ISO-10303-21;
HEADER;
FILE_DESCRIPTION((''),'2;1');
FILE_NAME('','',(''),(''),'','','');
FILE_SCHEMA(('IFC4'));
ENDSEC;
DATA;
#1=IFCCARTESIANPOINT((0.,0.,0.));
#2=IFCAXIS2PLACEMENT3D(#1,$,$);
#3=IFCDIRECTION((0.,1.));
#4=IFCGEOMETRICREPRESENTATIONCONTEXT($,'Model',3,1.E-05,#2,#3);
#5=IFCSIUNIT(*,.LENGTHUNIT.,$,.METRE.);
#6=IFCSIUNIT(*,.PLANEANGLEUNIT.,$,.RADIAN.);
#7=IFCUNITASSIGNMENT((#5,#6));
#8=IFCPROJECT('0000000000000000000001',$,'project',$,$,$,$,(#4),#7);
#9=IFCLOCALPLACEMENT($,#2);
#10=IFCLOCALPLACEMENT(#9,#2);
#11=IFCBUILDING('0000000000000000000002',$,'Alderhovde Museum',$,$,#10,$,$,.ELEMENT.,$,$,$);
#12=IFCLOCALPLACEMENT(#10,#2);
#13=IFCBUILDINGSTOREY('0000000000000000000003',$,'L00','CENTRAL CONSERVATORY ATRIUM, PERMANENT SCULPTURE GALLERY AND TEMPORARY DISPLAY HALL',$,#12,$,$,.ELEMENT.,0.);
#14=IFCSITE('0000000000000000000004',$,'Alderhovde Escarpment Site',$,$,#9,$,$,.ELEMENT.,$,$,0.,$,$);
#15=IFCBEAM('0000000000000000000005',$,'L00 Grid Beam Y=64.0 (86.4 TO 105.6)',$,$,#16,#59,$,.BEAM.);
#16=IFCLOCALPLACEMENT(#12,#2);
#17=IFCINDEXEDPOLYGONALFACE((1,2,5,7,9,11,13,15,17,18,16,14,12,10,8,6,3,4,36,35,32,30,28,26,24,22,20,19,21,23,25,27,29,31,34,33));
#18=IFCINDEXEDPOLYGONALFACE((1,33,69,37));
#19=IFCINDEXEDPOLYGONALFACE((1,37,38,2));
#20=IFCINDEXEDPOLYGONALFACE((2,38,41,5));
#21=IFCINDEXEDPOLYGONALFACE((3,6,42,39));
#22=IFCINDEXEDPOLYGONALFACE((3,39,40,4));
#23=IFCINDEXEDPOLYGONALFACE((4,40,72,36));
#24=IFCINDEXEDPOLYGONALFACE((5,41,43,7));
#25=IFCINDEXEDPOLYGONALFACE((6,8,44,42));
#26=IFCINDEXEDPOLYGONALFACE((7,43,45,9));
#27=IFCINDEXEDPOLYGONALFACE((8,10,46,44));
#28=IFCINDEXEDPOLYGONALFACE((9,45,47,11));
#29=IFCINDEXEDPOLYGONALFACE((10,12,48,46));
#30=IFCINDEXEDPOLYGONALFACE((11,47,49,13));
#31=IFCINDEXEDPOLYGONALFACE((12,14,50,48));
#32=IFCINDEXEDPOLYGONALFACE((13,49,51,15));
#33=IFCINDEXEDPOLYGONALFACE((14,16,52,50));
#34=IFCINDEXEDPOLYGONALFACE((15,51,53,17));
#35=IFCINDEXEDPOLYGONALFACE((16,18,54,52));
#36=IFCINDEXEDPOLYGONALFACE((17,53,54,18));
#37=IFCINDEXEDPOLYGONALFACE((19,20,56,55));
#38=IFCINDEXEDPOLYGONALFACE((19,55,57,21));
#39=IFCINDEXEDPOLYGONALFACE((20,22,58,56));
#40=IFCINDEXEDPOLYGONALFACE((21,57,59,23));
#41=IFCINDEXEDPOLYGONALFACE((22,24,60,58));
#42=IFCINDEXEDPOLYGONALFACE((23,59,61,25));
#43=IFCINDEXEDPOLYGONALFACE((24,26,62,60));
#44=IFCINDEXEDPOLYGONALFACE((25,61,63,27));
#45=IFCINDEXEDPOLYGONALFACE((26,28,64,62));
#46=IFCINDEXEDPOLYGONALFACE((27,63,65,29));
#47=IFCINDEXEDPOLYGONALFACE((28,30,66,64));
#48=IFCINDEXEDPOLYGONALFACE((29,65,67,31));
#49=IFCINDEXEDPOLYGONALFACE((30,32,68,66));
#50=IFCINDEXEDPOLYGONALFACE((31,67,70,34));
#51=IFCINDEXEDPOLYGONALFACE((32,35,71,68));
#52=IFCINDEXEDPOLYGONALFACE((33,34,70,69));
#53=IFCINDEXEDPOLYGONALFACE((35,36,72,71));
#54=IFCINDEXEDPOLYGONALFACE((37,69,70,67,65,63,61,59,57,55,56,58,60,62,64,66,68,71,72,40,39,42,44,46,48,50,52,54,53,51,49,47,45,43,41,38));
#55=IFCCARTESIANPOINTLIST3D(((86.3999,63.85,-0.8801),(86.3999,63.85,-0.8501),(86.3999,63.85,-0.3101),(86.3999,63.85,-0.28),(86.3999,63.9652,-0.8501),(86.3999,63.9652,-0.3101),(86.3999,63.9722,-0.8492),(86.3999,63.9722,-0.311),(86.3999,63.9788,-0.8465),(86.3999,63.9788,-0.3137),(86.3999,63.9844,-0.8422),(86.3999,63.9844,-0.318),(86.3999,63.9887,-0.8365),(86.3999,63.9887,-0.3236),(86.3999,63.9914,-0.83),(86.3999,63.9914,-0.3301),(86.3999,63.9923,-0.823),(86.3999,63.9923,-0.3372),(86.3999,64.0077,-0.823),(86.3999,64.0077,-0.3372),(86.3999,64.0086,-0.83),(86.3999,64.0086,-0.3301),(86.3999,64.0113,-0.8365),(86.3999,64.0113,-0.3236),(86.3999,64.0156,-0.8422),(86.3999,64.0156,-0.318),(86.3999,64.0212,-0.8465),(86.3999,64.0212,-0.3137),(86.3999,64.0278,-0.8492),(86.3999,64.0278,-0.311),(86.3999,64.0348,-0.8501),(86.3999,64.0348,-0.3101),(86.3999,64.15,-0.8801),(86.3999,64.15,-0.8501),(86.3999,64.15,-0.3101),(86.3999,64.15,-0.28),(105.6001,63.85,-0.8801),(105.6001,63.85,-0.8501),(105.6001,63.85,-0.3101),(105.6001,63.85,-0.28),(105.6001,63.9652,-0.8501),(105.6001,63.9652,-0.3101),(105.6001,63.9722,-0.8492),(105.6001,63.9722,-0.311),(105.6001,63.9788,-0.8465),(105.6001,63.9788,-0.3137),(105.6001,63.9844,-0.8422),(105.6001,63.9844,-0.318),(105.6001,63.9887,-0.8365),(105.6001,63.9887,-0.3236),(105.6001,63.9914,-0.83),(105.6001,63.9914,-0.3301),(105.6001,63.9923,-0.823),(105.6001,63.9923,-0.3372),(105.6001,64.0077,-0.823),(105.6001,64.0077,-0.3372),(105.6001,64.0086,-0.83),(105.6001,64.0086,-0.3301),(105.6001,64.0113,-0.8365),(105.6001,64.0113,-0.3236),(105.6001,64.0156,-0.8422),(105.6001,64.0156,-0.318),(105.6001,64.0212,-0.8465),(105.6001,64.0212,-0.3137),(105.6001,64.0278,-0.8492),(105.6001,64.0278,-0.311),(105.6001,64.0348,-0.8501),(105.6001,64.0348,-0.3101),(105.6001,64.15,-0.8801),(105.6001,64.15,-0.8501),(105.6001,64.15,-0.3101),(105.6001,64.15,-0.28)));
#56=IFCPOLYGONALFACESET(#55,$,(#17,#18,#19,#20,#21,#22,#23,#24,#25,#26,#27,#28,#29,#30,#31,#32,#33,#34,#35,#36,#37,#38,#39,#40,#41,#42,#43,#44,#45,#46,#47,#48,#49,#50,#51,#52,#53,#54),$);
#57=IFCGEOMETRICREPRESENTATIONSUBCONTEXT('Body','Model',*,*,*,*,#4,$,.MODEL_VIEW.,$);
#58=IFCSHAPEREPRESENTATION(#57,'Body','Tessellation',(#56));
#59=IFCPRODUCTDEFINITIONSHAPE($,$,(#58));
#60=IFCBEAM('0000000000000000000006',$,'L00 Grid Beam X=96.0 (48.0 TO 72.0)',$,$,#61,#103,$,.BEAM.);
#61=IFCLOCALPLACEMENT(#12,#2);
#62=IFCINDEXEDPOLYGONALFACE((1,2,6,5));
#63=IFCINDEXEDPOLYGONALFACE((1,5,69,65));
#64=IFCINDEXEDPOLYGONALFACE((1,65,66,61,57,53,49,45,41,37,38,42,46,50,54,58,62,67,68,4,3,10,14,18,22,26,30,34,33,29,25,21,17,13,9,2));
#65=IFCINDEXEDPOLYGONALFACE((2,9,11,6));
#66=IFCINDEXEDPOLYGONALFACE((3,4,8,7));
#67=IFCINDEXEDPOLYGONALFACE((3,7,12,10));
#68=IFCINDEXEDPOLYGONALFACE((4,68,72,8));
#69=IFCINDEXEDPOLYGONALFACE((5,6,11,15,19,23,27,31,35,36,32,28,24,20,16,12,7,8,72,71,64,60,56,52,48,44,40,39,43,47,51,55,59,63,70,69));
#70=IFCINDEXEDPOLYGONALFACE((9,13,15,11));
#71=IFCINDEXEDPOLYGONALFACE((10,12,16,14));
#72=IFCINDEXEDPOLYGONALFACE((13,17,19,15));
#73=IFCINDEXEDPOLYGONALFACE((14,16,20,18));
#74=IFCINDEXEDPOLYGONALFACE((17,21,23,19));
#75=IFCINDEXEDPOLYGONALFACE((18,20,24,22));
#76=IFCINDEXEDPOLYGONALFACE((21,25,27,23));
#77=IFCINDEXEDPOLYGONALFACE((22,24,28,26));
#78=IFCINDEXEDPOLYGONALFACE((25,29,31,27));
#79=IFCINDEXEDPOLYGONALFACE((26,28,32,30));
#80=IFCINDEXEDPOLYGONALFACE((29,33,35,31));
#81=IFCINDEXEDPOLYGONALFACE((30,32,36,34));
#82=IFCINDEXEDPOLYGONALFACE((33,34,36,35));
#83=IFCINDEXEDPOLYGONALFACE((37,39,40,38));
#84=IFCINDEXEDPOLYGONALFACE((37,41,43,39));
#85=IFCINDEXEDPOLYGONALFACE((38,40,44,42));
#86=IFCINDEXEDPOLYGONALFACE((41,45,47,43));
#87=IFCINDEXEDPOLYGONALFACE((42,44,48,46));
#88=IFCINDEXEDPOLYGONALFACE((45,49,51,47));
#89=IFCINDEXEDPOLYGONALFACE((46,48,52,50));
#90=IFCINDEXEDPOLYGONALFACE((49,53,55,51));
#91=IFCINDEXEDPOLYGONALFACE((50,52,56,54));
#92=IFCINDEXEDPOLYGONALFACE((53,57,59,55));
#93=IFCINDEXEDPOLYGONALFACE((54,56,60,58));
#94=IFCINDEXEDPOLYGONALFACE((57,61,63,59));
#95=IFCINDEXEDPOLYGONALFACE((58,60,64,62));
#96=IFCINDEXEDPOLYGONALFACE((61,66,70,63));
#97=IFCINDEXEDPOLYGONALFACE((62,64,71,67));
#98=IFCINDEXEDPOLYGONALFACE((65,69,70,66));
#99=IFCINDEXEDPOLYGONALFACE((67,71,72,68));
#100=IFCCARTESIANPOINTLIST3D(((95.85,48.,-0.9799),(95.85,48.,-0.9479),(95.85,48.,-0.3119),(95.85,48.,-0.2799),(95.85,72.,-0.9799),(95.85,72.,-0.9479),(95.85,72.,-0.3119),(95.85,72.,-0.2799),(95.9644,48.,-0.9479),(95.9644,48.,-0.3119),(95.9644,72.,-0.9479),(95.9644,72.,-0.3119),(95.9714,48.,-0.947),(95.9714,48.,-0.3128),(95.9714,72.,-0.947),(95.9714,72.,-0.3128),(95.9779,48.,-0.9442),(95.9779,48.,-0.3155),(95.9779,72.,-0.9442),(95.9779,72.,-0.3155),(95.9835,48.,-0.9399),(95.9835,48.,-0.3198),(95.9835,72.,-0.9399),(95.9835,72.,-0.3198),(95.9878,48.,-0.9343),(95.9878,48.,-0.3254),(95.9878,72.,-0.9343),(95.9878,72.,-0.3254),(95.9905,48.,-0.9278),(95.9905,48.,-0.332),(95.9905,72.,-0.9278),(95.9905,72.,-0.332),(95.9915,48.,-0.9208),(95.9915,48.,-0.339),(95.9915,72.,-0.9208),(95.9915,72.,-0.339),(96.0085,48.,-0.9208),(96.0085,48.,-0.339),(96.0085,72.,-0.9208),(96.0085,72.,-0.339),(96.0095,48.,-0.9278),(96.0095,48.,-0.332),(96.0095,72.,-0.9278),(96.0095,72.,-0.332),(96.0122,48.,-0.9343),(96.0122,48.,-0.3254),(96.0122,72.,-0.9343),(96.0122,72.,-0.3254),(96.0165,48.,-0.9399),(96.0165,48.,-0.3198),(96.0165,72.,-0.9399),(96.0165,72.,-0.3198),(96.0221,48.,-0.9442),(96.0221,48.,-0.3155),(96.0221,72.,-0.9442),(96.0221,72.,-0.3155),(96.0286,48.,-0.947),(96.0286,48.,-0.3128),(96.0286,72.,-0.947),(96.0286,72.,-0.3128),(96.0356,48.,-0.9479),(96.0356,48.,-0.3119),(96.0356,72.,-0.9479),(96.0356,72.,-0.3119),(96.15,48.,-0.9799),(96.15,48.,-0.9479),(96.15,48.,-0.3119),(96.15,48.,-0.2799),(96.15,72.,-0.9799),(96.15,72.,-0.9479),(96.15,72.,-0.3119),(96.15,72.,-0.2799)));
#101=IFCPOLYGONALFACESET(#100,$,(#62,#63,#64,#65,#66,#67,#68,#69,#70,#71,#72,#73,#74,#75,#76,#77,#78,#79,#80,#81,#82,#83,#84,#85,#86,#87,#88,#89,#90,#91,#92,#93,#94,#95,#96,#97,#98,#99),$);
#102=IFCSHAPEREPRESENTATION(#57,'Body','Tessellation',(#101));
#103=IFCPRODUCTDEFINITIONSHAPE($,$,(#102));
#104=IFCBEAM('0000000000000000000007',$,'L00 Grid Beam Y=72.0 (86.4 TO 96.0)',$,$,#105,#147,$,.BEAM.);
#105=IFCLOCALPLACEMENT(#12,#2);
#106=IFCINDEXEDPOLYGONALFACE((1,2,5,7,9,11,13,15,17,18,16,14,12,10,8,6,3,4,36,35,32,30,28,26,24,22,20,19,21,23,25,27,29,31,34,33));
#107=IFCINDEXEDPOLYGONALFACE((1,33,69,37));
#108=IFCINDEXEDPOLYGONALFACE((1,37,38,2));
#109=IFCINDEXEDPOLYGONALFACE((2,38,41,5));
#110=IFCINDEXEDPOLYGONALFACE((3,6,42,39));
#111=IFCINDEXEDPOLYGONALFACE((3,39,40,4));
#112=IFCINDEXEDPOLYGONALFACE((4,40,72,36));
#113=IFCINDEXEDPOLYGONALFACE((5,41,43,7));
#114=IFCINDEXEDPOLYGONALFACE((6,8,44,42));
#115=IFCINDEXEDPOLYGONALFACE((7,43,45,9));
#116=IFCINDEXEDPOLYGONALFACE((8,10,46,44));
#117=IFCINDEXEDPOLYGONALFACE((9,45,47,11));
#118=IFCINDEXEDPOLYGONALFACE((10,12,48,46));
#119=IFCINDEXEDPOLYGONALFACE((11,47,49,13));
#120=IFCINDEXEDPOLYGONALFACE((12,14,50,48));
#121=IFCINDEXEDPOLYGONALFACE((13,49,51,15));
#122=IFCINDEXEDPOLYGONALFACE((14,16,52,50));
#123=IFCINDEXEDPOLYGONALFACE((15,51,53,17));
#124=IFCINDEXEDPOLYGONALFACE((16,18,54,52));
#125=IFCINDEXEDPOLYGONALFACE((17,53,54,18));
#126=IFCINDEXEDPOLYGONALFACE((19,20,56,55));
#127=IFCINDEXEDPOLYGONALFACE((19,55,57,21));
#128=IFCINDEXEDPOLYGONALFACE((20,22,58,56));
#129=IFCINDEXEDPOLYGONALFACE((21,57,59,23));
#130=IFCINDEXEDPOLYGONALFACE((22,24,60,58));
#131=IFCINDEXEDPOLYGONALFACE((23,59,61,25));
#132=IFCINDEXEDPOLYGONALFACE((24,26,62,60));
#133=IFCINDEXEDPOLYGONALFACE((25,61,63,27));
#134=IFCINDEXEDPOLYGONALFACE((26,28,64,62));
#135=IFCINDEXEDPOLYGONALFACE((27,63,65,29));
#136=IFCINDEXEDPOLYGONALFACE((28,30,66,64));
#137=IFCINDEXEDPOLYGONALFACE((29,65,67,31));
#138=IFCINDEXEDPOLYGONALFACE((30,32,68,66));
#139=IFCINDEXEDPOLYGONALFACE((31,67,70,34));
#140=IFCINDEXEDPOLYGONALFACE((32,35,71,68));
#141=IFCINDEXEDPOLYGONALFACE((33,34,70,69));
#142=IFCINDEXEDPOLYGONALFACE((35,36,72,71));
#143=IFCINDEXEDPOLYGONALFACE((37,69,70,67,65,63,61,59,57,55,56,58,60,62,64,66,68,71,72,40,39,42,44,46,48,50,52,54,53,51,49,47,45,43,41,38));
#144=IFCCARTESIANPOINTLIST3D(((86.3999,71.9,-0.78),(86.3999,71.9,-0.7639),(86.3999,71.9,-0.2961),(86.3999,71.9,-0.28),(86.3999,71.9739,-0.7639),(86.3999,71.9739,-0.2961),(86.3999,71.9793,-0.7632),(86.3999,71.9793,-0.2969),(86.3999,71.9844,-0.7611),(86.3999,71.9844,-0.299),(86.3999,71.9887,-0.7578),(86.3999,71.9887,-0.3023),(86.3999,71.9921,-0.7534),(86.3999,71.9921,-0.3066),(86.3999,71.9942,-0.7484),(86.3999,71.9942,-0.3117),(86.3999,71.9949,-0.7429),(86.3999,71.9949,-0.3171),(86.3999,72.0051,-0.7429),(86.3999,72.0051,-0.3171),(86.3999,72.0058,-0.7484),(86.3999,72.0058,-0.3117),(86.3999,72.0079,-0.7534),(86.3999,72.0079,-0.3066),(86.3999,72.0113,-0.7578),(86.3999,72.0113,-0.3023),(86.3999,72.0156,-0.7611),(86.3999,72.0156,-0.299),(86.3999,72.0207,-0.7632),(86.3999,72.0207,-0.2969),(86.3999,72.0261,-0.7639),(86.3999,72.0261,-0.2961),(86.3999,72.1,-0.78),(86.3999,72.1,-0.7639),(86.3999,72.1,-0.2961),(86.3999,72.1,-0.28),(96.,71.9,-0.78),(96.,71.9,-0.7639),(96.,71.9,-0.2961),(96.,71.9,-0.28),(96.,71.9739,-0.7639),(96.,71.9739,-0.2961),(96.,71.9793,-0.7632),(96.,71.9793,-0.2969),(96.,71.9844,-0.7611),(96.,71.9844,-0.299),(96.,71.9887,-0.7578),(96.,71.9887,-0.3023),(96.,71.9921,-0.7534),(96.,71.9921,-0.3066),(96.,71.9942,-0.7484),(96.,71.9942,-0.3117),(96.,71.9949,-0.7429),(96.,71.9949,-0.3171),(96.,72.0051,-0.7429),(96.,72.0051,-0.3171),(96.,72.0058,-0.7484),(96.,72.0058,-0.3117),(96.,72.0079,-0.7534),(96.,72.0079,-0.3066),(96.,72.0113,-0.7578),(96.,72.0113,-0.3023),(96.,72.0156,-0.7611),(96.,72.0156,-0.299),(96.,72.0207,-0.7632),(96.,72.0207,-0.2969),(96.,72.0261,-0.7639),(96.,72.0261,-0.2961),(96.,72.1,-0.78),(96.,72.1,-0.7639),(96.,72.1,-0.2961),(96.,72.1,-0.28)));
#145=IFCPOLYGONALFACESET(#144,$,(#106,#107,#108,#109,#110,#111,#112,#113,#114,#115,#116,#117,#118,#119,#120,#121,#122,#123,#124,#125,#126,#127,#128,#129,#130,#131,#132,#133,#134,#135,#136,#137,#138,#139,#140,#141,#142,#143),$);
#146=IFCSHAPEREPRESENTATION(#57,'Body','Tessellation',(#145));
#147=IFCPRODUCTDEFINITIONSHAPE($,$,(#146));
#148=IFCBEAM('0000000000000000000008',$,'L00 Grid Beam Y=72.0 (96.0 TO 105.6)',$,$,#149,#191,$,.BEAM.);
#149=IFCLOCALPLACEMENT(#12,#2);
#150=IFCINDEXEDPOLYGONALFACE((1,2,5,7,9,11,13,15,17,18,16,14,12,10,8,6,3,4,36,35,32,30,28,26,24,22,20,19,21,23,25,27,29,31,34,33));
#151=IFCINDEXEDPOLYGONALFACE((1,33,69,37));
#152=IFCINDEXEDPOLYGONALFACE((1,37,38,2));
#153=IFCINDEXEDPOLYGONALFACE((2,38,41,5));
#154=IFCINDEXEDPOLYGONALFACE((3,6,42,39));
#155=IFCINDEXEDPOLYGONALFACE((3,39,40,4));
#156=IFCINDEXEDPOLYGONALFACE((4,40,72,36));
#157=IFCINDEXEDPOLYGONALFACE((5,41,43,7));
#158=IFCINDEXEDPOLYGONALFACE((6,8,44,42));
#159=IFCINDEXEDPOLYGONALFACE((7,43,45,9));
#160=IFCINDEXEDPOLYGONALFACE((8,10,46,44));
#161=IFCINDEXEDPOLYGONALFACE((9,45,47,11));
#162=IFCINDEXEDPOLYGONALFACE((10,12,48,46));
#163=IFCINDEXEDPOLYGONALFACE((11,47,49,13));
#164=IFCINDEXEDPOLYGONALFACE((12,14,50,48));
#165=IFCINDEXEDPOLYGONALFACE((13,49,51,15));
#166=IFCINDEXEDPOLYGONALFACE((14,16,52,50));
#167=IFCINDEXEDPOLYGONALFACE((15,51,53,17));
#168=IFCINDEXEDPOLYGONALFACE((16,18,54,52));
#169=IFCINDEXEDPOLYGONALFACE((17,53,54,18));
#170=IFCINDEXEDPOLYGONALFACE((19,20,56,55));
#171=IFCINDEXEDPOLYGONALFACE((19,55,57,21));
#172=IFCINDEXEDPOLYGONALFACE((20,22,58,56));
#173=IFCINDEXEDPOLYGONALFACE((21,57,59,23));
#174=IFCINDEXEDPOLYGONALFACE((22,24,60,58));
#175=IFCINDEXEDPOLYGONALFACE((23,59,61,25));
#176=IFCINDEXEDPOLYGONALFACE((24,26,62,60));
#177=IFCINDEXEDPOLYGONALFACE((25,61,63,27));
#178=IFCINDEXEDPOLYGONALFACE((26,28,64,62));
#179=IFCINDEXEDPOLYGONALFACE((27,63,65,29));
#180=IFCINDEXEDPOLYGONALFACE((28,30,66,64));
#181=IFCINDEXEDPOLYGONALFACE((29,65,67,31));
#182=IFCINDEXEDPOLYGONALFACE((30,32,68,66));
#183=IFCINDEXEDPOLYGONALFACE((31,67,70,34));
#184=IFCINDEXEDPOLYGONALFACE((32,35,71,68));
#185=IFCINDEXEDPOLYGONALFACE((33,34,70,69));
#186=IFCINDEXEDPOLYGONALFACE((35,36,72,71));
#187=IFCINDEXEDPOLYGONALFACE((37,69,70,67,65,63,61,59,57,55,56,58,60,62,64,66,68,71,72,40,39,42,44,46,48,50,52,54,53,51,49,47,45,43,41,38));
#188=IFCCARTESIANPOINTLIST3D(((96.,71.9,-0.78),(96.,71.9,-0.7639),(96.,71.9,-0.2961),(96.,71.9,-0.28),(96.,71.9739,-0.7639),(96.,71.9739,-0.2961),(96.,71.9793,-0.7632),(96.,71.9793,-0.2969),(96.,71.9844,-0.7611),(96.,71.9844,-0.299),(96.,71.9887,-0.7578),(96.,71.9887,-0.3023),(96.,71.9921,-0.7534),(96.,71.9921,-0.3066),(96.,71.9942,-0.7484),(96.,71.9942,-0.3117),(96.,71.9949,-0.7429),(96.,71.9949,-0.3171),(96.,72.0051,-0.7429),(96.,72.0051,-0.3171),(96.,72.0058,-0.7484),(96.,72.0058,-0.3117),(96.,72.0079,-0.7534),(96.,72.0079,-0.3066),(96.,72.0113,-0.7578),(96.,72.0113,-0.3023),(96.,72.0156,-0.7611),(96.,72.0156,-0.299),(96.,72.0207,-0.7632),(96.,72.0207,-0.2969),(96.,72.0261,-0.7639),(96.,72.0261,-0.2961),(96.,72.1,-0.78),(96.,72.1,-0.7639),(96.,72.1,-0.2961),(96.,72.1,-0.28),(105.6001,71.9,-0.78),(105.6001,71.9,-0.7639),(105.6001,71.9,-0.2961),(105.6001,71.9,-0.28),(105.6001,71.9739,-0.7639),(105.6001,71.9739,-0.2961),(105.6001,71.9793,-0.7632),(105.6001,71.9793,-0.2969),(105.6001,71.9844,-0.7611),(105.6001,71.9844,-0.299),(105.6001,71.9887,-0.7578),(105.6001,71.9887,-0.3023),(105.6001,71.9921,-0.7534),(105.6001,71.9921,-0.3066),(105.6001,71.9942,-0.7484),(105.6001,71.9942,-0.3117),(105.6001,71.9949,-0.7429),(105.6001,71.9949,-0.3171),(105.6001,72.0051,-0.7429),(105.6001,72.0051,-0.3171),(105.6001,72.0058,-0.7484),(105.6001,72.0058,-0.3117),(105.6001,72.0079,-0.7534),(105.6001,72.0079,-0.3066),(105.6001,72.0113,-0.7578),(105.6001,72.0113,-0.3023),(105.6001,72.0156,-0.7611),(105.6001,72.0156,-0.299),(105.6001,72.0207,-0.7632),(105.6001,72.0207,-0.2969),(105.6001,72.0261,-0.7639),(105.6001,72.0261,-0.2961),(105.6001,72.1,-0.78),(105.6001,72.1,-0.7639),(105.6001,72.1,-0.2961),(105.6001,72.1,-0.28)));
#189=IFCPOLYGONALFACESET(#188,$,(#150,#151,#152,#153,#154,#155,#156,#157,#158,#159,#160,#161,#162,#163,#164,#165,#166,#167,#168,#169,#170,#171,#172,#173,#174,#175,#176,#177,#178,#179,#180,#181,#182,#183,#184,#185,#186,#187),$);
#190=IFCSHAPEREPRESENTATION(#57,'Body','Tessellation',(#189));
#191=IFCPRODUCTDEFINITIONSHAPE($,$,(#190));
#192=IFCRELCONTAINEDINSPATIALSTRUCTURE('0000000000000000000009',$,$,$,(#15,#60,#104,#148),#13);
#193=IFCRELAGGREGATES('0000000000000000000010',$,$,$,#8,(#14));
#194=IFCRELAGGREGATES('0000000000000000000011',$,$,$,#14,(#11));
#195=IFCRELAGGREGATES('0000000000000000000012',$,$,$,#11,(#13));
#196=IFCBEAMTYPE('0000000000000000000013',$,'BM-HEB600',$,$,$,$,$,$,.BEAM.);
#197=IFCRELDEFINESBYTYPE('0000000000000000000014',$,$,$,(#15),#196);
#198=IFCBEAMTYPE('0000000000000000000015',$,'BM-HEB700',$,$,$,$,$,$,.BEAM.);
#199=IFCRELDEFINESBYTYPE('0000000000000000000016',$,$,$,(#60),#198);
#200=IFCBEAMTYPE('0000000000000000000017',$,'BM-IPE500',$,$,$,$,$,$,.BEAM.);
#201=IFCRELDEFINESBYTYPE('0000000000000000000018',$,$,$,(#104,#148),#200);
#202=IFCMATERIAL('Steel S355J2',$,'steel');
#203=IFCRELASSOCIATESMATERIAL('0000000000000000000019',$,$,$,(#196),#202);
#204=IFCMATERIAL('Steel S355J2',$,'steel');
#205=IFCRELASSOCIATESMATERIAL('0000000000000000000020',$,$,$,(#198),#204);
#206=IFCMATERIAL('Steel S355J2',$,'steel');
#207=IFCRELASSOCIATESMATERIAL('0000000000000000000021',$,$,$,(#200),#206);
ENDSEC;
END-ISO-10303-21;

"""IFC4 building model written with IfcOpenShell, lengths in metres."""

from ifc_helpers import new_model, si_unit, direction, frame, origin, origin_2d, place, context, subcontext, project, spatial, i_section, extrude, material, material_profile, profile_set, type_object, element, save


model = new_model("IFC4")

# Units and contexts
model_context = context("Model", 3, precision=1e-05, world=origin(), true_north=direction((0.0, 1.0)))
body_context = subcontext(model_context, "Body", "Model", "MODEL_VIEW")
ifc_project = project(units=[si_unit("LENGTHUNIT", "METRE"), si_unit("PLANEANGLEUNIT", "RADIAN")], contexts=[model_context])

# Site, building, storey
site_placement = place(None, origin())
site = spatial("IfcSite", under=ifc_project, at=site_placement, Name="Alderhovde Escarpment Site", CompositionType="ELEMENT", RefElevation=0.0)
building_placement = place(site_placement, origin())
building = spatial("IfcBuilding", under=site, at=building_placement, Name="Alderhovde Museum", CompositionType="ELEMENT")
storey_placement = place(building_placement, origin())
storey = spatial("IfcBuildingStorey", under=building, at=storey_placement, Name="L00", Description="CENTRAL CONSERVATORY ATRIUM, PERMANENT SCULPTURE GALLERY AND TEMPORARY DISPLAY HALL", CompositionType="ELEMENT", Elevation=0.0)

# Beams
ifc_material_1 = material(Name="Steel S355J2", Category="steel")
ifc_material_profile_1 = material_profile(ifc_material_1, i_section(OverallWidth=0.3, OverallDepth=0.6001, WebThickness=0.0154, FlangeThickness=0.03, FilletRadius=0.0271, at=origin_2d()), Name="HEB 600")
ifc_profile_set_1 = profile_set([ifc_material_profile_1], Name="Steel S355J2")
beam_type_1 = type_object("IfcBeamType", Name="BM-HEB600", PredefinedType="BEAM", material=ifc_profile_set_1)
for number, where, z_axis, x_axis, name in (
    (1, (86.3999, 64.0, -0.5801), (1.0, 0.0, 0.0), (0.0, 1.0, 0.0), "L00 Grid Beam Y=64.0 (86.4 TO 105.6)"),
):
    element("IfcBeam", number, at=place(storey_placement, frame(where, z_axis=z_axis, x_axis=x_axis)), inside=storey, type_object=beam_type_1, Name=name, PredefinedType="BEAM", context=body_context, shape_type="SweptSolid", body=[
        extrude(i_section(OverallWidth=0.3, OverallDepth=0.6001, WebThickness=0.0154, FlangeThickness=0.03, FilletRadius=0.0271, at=origin_2d()), origin(), (0.0, 0.0, 1.0), 19.2002),
    ])
ifc_material_2 = material(Name="Steel S355J2", Category="steel")
ifc_material_profile_2 = material_profile(ifc_material_2, i_section(OverallWidth=0.3, OverallDepth=0.7, WebThickness=0.0171, FlangeThickness=0.032, FilletRadius=0.0271, at=origin_2d()), Name="HEB 700")
ifc_profile_set_2 = profile_set([ifc_material_profile_2], Name="Steel S355J2")
beam_type_2 = type_object("IfcBeamType", Name="BM-HEB700", PredefinedType="BEAM", material=ifc_profile_set_2)
beam_placement = place(storey_placement, frame((96.0, 48.0, -0.6299), z_axis=(0.0, 1.0, 0.0), x_axis=(-1.0, 0.0, 0.0)))
element("IfcBeam", 2, at=beam_placement, inside=storey, type_object=beam_type_2, Name="L00 Grid Beam X=96.0 (48.0 TO 72.0)", PredefinedType="BEAM", context=body_context, shape_type="SweptSolid", body=[
    extrude(i_section(OverallWidth=0.3, OverallDepth=0.7, WebThickness=0.0171, FlangeThickness=0.032, FilletRadius=0.0271, at=origin_2d()), origin(), (0.0, 0.0, 1.0), 24.0),
])
ifc_material_3 = material(Name="Steel S355J2", Category="steel")
ifc_material_profile_3 = material_profile(ifc_material_3, i_section(OverallWidth=0.2, OverallDepth=0.5, WebThickness=0.0103, FlangeThickness=0.0161, FilletRadius=0.021, at=origin_2d()), Name="IPE 500")
ifc_profile_set_3 = profile_set([ifc_material_profile_3], Name="Steel S355J2")
beam_type_3 = type_object("IfcBeamType", Name="BM-IPE500", PredefinedType="BEAM", material=ifc_profile_set_3)
for number, where, z_axis, x_axis, name in (
    (3, (86.3999, 72.0, -0.53), (1.0, 0.0, 0.0), (0.0, 1.0, 0.0), "L00 Grid Beam Y=72.0 (86.4 TO 96.0)"),
    (4, (96.0, 72.0, -0.53), (1.0, 0.0, 0.0), (0.0, 1.0, 0.0), "L00 Grid Beam Y=72.0 (96.0 TO 105.6)"),
):
    element("IfcBeam", number, at=place(storey_placement, frame(where, z_axis=z_axis, x_axis=x_axis)), inside=storey, type_object=beam_type_3, Name=name, PredefinedType="BEAM", context=body_context, shape_type="SweptSolid", body=[
        extrude(i_section(OverallWidth=0.2, OverallDepth=0.5, WebThickness=0.0103, FlangeThickness=0.0161, FilletRadius=0.021, at=origin_2d()), origin(), (0.0, 0.0, 1.0), 9.6001),
    ])

save(model, "model.ifc")
